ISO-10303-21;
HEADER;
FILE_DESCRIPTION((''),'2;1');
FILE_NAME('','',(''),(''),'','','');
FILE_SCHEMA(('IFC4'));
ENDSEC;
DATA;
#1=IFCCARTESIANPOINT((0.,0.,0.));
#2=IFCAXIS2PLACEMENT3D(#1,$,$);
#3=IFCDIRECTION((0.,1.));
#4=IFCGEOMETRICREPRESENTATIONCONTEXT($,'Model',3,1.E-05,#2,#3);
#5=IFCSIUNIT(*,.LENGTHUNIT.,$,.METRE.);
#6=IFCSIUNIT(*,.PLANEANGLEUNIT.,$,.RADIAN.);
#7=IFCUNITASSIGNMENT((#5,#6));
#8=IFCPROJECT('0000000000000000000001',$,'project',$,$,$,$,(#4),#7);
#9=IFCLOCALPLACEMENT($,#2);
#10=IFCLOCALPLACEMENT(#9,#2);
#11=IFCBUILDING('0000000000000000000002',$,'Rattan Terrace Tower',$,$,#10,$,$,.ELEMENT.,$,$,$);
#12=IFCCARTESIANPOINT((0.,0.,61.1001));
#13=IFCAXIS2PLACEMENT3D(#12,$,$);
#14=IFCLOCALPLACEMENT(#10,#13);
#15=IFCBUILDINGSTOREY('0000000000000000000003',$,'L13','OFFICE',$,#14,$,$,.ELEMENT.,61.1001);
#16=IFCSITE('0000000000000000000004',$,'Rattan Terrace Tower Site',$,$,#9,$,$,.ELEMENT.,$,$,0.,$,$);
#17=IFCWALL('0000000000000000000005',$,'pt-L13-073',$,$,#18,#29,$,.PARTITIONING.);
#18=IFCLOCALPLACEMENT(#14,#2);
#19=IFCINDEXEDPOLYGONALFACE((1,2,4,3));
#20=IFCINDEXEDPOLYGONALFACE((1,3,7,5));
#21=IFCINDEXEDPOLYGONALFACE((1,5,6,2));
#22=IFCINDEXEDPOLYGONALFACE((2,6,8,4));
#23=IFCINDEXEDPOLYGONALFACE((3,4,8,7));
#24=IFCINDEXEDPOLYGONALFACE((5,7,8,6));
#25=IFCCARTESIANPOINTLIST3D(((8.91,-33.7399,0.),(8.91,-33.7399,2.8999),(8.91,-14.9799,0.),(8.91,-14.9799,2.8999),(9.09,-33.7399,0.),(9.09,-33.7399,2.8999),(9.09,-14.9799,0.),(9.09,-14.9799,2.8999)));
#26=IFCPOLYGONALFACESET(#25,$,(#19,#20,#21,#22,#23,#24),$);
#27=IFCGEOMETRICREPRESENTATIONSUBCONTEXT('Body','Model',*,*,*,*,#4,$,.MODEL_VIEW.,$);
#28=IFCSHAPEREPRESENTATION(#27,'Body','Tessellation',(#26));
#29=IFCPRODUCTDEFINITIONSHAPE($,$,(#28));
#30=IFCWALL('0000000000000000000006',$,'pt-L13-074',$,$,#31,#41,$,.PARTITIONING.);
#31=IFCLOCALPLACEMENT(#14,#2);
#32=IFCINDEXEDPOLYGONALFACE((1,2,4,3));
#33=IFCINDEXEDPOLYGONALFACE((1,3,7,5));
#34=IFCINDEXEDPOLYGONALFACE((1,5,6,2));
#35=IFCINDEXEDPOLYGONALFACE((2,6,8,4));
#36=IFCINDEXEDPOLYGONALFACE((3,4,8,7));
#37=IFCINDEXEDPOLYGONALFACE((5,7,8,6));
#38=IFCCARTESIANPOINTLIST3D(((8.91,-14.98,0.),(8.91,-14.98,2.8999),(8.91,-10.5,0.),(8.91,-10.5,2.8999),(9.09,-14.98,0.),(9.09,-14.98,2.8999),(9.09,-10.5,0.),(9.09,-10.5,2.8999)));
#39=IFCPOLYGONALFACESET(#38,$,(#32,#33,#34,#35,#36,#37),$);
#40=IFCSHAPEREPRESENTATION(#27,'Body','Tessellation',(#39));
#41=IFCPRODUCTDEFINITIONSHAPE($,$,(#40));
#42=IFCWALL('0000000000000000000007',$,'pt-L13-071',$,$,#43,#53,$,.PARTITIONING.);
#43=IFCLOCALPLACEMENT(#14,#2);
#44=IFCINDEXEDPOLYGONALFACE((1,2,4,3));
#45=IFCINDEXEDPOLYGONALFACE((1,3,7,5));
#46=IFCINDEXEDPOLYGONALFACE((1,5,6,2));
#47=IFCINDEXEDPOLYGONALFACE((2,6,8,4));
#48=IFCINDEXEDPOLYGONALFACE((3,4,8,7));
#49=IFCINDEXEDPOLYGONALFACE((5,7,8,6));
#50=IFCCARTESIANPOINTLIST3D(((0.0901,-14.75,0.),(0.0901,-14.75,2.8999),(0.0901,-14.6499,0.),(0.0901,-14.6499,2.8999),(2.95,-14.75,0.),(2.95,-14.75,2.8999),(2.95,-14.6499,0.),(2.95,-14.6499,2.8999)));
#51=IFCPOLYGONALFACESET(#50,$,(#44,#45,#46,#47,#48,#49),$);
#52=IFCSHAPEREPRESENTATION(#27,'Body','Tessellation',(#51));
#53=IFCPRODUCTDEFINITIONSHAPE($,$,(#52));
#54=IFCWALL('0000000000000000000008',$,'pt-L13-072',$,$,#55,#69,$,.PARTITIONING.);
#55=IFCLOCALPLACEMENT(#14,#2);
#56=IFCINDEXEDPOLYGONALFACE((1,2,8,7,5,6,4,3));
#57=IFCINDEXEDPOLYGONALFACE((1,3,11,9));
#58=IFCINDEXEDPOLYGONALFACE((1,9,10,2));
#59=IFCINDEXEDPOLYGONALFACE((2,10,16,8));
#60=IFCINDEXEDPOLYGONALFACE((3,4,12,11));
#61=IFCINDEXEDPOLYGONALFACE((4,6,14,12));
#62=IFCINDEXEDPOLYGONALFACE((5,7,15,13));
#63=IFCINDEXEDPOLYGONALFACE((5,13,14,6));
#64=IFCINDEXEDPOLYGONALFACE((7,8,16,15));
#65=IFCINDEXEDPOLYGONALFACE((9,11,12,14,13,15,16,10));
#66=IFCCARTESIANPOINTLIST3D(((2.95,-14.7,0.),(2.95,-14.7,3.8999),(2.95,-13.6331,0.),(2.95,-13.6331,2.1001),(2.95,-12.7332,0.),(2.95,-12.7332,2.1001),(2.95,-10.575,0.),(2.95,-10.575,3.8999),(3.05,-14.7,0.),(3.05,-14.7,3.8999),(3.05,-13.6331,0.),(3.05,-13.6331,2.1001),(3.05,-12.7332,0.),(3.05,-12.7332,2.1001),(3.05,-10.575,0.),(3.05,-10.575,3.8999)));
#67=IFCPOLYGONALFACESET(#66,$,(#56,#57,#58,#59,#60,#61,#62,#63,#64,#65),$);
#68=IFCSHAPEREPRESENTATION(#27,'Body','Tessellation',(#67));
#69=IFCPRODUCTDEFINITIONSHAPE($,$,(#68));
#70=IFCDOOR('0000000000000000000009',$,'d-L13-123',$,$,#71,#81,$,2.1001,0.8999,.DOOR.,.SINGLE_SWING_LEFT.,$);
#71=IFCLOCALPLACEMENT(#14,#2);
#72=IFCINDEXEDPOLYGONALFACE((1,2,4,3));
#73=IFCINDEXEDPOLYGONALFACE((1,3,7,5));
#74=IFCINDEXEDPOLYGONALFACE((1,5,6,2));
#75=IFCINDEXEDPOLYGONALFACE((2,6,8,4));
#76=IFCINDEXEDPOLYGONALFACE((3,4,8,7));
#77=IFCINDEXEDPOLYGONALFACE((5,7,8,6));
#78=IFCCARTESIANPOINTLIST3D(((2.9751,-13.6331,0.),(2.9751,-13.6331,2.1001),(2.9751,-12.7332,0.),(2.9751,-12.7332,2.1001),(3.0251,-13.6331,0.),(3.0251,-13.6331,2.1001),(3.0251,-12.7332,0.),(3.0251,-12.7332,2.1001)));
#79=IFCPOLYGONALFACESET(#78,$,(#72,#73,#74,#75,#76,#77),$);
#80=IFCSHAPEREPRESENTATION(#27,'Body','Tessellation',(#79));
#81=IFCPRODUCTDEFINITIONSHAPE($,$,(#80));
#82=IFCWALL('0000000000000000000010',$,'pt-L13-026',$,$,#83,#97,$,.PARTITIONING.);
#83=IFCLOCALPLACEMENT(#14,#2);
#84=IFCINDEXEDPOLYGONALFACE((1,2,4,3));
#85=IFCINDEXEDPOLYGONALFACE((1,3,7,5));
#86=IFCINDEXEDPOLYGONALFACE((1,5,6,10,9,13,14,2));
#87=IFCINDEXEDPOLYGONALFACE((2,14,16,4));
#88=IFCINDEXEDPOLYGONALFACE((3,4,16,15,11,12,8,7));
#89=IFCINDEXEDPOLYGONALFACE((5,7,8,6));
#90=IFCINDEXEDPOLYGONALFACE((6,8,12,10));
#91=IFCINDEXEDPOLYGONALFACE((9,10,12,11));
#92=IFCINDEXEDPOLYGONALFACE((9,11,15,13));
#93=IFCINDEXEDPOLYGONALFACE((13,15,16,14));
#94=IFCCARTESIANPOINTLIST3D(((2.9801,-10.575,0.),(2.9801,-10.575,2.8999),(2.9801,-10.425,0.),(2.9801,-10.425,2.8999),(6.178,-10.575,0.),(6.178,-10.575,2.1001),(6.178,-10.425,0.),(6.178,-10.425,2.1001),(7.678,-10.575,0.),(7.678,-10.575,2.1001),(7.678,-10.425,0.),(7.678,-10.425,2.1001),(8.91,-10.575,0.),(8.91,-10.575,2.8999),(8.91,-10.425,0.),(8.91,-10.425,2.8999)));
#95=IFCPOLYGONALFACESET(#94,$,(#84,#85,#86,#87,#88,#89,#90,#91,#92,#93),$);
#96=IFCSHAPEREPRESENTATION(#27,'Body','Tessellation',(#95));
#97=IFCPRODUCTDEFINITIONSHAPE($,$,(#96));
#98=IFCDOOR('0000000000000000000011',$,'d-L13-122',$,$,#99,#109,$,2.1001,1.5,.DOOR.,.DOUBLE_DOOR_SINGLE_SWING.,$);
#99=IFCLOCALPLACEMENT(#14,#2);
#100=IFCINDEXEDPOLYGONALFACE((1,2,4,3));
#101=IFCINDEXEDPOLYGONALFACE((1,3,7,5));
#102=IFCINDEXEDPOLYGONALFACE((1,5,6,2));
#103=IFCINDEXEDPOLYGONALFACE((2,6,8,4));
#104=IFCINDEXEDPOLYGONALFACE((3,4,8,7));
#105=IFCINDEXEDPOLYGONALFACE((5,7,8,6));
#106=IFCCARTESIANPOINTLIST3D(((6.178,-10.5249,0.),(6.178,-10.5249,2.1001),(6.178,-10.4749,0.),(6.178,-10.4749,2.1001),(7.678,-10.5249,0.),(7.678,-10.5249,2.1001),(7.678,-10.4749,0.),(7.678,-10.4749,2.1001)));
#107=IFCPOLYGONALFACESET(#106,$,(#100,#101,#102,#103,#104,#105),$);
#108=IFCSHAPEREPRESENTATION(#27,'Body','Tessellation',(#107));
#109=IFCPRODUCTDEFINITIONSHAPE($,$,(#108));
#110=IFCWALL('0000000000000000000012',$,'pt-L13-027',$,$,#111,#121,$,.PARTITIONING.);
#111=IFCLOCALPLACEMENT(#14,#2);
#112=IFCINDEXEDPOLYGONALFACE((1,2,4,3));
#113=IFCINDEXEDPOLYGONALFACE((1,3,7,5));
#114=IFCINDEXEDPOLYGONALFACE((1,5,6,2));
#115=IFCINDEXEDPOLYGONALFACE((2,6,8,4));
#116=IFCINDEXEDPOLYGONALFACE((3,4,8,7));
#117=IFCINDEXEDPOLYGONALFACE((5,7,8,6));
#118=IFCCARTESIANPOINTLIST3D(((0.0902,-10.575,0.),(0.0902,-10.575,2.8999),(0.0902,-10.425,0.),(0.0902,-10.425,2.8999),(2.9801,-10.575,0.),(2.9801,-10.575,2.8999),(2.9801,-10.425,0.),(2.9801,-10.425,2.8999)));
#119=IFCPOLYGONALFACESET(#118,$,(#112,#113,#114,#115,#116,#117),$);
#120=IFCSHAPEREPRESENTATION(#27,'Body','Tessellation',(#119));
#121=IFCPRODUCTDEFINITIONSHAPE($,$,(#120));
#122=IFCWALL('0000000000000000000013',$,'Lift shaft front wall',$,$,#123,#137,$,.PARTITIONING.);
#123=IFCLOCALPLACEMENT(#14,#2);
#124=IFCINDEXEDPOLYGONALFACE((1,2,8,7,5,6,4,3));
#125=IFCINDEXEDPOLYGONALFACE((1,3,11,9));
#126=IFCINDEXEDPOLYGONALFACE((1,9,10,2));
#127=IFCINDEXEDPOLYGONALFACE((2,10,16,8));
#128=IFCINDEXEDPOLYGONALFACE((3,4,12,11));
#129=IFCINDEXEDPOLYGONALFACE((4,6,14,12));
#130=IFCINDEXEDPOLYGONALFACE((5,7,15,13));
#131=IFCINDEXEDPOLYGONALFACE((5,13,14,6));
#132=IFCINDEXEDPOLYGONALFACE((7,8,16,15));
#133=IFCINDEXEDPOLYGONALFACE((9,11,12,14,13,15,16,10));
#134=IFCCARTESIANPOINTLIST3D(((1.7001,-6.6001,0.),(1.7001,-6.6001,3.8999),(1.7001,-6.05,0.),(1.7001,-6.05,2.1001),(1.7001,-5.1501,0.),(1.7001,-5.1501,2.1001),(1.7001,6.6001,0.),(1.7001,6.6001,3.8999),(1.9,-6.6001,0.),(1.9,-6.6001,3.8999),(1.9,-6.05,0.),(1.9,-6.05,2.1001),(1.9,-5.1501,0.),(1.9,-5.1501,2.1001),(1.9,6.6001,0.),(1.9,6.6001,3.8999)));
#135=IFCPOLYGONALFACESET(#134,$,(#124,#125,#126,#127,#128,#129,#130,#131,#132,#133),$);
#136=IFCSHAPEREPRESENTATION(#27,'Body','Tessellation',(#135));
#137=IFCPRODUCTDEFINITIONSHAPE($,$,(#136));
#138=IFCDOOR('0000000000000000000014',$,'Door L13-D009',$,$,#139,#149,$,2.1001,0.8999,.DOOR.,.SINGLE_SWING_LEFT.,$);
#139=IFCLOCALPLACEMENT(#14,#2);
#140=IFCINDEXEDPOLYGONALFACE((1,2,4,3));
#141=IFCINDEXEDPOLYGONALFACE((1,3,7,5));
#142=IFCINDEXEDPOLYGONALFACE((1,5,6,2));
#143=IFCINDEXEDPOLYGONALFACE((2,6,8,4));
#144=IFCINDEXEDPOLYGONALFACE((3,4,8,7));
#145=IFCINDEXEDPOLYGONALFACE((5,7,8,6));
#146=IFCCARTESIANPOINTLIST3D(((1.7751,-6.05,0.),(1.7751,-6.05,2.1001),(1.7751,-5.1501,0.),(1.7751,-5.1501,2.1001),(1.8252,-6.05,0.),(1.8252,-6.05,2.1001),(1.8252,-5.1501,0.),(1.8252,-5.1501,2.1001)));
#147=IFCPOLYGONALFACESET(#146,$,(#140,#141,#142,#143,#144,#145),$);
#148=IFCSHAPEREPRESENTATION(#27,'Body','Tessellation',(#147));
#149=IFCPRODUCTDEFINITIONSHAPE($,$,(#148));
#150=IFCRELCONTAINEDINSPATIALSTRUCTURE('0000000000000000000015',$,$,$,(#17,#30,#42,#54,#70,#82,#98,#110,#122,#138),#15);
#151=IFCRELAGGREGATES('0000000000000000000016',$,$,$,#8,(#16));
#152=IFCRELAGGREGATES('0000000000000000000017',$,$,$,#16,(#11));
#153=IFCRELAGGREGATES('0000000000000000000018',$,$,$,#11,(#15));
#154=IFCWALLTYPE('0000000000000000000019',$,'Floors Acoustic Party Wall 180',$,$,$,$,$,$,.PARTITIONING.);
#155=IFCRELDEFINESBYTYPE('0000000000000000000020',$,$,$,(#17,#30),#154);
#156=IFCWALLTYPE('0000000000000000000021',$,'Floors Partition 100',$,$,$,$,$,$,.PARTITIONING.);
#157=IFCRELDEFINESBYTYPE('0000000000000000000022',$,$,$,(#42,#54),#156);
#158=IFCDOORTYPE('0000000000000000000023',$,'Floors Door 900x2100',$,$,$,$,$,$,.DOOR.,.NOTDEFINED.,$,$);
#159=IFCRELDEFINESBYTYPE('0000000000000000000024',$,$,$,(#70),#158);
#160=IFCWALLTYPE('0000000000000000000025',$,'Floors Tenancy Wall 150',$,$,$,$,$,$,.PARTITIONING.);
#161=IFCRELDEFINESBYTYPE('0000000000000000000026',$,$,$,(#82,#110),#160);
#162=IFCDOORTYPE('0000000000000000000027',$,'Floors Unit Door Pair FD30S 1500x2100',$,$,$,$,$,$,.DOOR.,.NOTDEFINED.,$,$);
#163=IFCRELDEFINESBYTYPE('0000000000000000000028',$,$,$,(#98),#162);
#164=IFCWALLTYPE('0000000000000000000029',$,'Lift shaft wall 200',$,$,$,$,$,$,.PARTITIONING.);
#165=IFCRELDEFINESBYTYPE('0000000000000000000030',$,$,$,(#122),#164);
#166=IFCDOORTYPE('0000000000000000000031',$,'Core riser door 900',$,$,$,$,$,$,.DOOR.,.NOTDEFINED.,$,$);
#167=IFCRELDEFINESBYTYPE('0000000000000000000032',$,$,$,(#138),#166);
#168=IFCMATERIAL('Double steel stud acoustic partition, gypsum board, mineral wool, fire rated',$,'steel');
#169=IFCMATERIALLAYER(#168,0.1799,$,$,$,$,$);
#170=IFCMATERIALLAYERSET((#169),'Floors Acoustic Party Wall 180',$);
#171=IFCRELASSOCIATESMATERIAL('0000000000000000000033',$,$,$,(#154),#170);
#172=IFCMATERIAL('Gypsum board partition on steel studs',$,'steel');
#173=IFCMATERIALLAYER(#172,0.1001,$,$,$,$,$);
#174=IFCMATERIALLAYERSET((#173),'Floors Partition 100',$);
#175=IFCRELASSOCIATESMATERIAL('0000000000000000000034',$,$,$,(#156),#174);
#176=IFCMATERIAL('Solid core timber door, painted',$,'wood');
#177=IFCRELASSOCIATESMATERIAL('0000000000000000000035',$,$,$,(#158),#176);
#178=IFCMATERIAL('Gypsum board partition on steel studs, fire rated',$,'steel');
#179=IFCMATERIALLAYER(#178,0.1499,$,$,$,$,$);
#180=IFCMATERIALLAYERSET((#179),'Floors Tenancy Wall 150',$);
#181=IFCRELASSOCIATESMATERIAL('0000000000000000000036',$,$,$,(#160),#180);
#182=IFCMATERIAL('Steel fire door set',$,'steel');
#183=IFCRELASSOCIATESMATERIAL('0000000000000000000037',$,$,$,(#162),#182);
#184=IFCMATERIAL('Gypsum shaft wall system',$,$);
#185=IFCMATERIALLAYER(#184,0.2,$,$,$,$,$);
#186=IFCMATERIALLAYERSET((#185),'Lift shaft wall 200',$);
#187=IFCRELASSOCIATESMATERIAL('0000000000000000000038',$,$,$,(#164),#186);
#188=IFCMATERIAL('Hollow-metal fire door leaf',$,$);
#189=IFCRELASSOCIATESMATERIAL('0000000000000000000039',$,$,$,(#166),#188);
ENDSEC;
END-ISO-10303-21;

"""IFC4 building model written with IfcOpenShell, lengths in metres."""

from ifc_helpers import new_model, si_unit, direction, frame, frame_2d, origin, place, context, subcontext, project, spatial, rectangle, extrude, material, layer, layer_set, type_object, element, fill, save


model = new_model("IFC4")

# Units and contexts
model_context = context("Model", 3, precision=1e-05, world=origin(), true_north=direction((0.0, 1.0)))
body_context = subcontext(model_context, "Body", "Model", "MODEL_VIEW")
ifc_project = project(units=[si_unit("LENGTHUNIT", "METRE"), si_unit("PLANEANGLEUNIT", "RADIAN")], contexts=[model_context])

# Site, building, storey
site_placement = place(None, origin())
site = spatial("IfcSite", under=ifc_project, at=site_placement, Name="Rattan Terrace Tower Site", CompositionType="ELEMENT", RefElevation=0.0)
building_placement = place(site_placement, origin())
building = spatial("IfcBuilding", under=site, at=building_placement, Name="Rattan Terrace Tower", CompositionType="ELEMENT")
storey_placement = place(building_placement, frame((0.0, 0.0, 61.1001)))
storey = spatial("IfcBuildingStorey", under=building, at=storey_placement, Name="L13", Description="OFFICE", CompositionType="ELEMENT", Elevation=61.1001)

# Walls
ifc_material_1 = material(Name="Double steel stud acoustic partition, gypsum board, mineral wool, fire rated", Category="steel")
ifc_layer_1 = layer(ifc_material_1, 0.1799)
ifc_layer_set_1 = layer_set([ifc_layer_1], Name="Floors Acoustic Party Wall 180")
wall_type_1 = type_object("IfcWallType", Name="Floors Acoustic Party Wall 180", PredefinedType="PARTITIONING", material=ifc_layer_set_1)
wall_1_placement = place(storey_placement, frame((9.0, -14.98, 0.0), z_axis=(0.0, 0.0, 1.0), x_axis=(0.0, -1.0, 0.0)))
element("IfcWall", 1, at=wall_1_placement, inside=storey, type_object=wall_type_1, Name="pt-L13-073", PredefinedType="PARTITIONING", context=body_context, shape_type="SweptSolid", body=[
    extrude(rectangle(XDim=18.76, YDim=0.1799, at=frame_2d((9.3799, 0.0))), origin(), (0.0, 0.0, 1.0), 2.8999),
])
wall_2_placement = place(storey_placement, frame((9.0, -10.5, 0.0), z_axis=(0.0, 0.0, 1.0), x_axis=(0.0, -1.0, 0.0)))
element("IfcWall", 2, at=wall_2_placement, inside=storey, type_object=wall_type_1, Name="pt-L13-074", PredefinedType="PARTITIONING", context=body_context, shape_type="SweptSolid", body=[
    extrude(rectangle(XDim=4.48, YDim=0.1799, at=frame_2d((2.24, 0.0))), origin(), (0.0, 0.0, 1.0), 2.8999),
])
ifc_material_2 = material(Name="Gypsum board partition on steel studs", Category="steel")
ifc_layer_2 = layer(ifc_material_2, 0.1001)
ifc_layer_set_2 = layer_set([ifc_layer_2], Name="Floors Partition 100")
wall_type_2 = type_object("IfcWallType", Name="Floors Partition 100", PredefinedType="PARTITIONING", material=ifc_layer_set_2)
wall_3_placement = place(storey_placement, frame((0.0901, -14.7, 0.0), z_axis=(0.0, 0.0, 1.0), x_axis=(1.0, 0.0, 0.0)))
element("IfcWall", 3, at=wall_3_placement, inside=storey, type_object=wall_type_2, Name="pt-L13-071", PredefinedType="PARTITIONING", context=body_context, shape_type="SweptSolid", body=[
    extrude(rectangle(XDim=2.8599, YDim=0.1001, at=frame_2d((1.4299, 0.0))), origin(), (0.0, 0.0, 1.0), 2.8999),
])

# Walls, openings, doors
wall_4_placement = place(storey_placement, frame((3.0, -14.7, 0.0), z_axis=(0.0, 0.0, 1.0), x_axis=(0.0, 1.0, 0.0)))
wall_4 = element("IfcWall", 4, at=wall_4_placement, inside=storey, type_object=wall_type_2, Name="pt-L13-072", PredefinedType="PARTITIONING", context=body_context, shape_type="SweptSolid", body=[
    extrude(rectangle(XDim=4.125, YDim=0.1001, at=frame_2d((2.0625, 0.0))), origin(), (0.0, 0.0, 1.0), 3.8999),
])
opening_1_placement = place(wall_4_placement, frame((1.0669, 0.0, 0.0)))
opening_1 = element("IfcOpeningElement", 5, at=opening_1_placement, cuts=wall_4, PredefinedType="OPENING", context=body_context, shape_type="SweptSolid", body=[
    extrude(rectangle(XDim=0.8999, YDim=2.1001, at=frame_2d((0.45, 1.05))), frame((0.0, 0.0605, 0.0), z_axis=(0.0, -1.0, 0.0), x_axis=(1.0, 0.0, 0.0)), (0.0, 0.0, 1.0), 0.1211),
])
ifc_material_3 = material(Name="Solid core timber door, painted", Category="wood")
door_type_1 = type_object("IfcDoorType", Name="Floors Door 900x2100", OperationType="NOTDEFINED", PredefinedType="DOOR", material=ifc_material_3)
door_1_placement = place(opening_1_placement, origin())
door_1 = element("IfcDoor", 6, at=door_1_placement, inside=storey, type_object=door_type_1, Name="d-L13-123", OperationType="SINGLE_SWING_LEFT", OverallHeight=2.1001, OverallWidth=0.8999, PredefinedType="DOOR", context=body_context, shape_type="SweptSolid", body=[
    extrude(rectangle(XDim=0.8999, YDim=2.1001, at=frame_2d((0.45, 1.05))), frame((0.0, 0.0249, 0.0), z_axis=(0.0, -1.0, 0.0), x_axis=(1.0, 0.0, 0.0)), (0.0, 0.0, 1.0), 0.05),
])
fill(opening_1, door_1)
ifc_material_4 = material(Name="Gypsum board partition on steel studs, fire rated", Category="steel")
ifc_layer_3 = layer(ifc_material_4, 0.1499)
ifc_layer_set_3 = layer_set([ifc_layer_3], Name="Floors Tenancy Wall 150")
wall_type_3 = type_object("IfcWallType", Name="Floors Tenancy Wall 150", PredefinedType="PARTITIONING", material=ifc_layer_set_3)
wall_5_placement = place(storey_placement, frame((8.9099, -10.5, 0.0), z_axis=(0.0, 0.0, 1.0), x_axis=(-1.0, 0.0, 0.0)))
wall_5 = element("IfcWall", 7, at=wall_5_placement, inside=storey, type_object=wall_type_3, Name="pt-L13-026", PredefinedType="PARTITIONING", context=body_context, shape_type="SweptSolid", body=[
    extrude(rectangle(XDim=5.9299, YDim=0.1499, at=frame_2d((2.9648, 0.0))), origin(), (0.0, 0.0, 1.0), 2.8999),
])
opening_2_placement = place(wall_5_placement, frame((1.2319, 0.0, 0.0)))
opening_2 = element("IfcOpeningElement", 8, at=opening_2_placement, cuts=wall_5, PredefinedType="OPENING", context=body_context, shape_type="SweptSolid", body=[
    extrude(rectangle(XDim=1.5, YDim=2.1001, at=frame_2d((0.75, 1.05))), frame((0.0, 0.0854, 0.0), z_axis=(0.0, -1.0, 0.0), x_axis=(1.0, 0.0, 0.0)), (0.0, 0.0, 1.0), 0.1709),
])
ifc_material_5 = material(Name="Steel fire door set", Category="steel")
door_type_2 = type_object("IfcDoorType", Name="Floors Unit Door Pair FD30S 1500x2100", OperationType="NOTDEFINED", PredefinedType="DOOR", material=ifc_material_5)
door_2_placement = place(opening_2_placement, origin())
door_2 = element("IfcDoor", 9, at=door_2_placement, inside=storey, type_object=door_type_2, Name="d-L13-122", OperationType="DOUBLE_DOOR_SINGLE_SWING", OverallHeight=2.1001, OverallWidth=1.5, PredefinedType="DOOR", context=body_context, shape_type="SweptSolid", body=[
    extrude(rectangle(XDim=1.5, YDim=2.1001, at=frame_2d((0.75, 1.05))), frame((0.0, 0.0249, 0.0), z_axis=(0.0, -1.0, 0.0), x_axis=(1.0, 0.0, 0.0)), (0.0, 0.0, 1.0), 0.05),
])
fill(opening_2, door_2)

# Wall
wall_6_placement = place(storey_placement, frame((2.98, -10.5, 0.0), z_axis=(0.0, 0.0, 1.0), x_axis=(-1.0, 0.0, 0.0)))
element("IfcWall", 10, at=wall_6_placement, inside=storey, type_object=wall_type_3, Name="pt-L13-027", PredefinedType="PARTITIONING", context=body_context, shape_type="SweptSolid", body=[
    extrude(rectangle(XDim=2.8899, YDim=0.1499, at=frame_2d((1.4448, 0.0))), origin(), (0.0, 0.0, 1.0), 2.8999),
])

# Wall, opening, door
ifc_material_6 = material(Name="Gypsum shaft wall system")
ifc_layer_4 = layer(ifc_material_6, 0.2)
ifc_layer_set_4 = layer_set([ifc_layer_4], Name="Lift shaft wall 200")
wall_type_4 = type_object("IfcWallType", Name="Lift shaft wall 200", PredefinedType="PARTITIONING", material=ifc_layer_set_4)
wall_7_placement = place(storey_placement, frame((1.8, -6.6001, 0.0), z_axis=(0.0, 0.0, 1.0), x_axis=(0.0, 1.0, 0.0)))
wall_7 = element("IfcWall", 11, at=wall_7_placement, inside=storey, type_object=wall_type_4, Name="Lift shaft front wall", PredefinedType="PARTITIONING", context=body_context, shape_type="SweptSolid", body=[
    extrude(rectangle(XDim=13.2002, YDim=0.2, at=frame_2d((6.6001, 0.0))), origin(), (0.0, 0.0, 1.0), 3.8999),
])
opening_3_placement = place(wall_7_placement, frame((0.55, 0.0, 0.0)))
opening_3 = element("IfcOpeningElement", 12, at=opening_3_placement, cuts=wall_7, PredefinedType="OPENING", context=body_context, shape_type="SweptSolid", body=[
    extrude(rectangle(XDim=0.8999, YDim=2.1001, at=frame_2d((0.45, 1.05))), frame((0.0, 0.1106, 0.0), z_axis=(0.0, -1.0, 0.0), x_axis=(1.0, 0.0, 0.0)), (0.0, 0.0, 1.0), 0.2209),
])
ifc_material_7 = material(Name="Hollow-metal fire door leaf")
door_type_3 = type_object("IfcDoorType", Name="Core riser door 900", OperationType="NOTDEFINED", PredefinedType="DOOR", material=ifc_material_7)
door_3_placement = place(opening_3_placement, origin())
door_3 = element("IfcDoor", 13, at=door_3_placement, inside=storey, type_object=door_type_3, Name="Door L13-D009", OperationType="SINGLE_SWING_LEFT", OverallHeight=2.1001, OverallWidth=0.8999, PredefinedType="DOOR", context=body_context, shape_type="SweptSolid", body=[
    extrude(rectangle(XDim=0.8999, YDim=2.1001, at=frame_2d((0.45, 1.05))), frame((0.0, 0.0249, 0.0), z_axis=(0.0, -1.0, 0.0), x_axis=(1.0, 0.0, 0.0)), (0.0, 0.0, 1.0), 0.05),
])
fill(opening_3, door_3)

save(model, "model.ifc")
